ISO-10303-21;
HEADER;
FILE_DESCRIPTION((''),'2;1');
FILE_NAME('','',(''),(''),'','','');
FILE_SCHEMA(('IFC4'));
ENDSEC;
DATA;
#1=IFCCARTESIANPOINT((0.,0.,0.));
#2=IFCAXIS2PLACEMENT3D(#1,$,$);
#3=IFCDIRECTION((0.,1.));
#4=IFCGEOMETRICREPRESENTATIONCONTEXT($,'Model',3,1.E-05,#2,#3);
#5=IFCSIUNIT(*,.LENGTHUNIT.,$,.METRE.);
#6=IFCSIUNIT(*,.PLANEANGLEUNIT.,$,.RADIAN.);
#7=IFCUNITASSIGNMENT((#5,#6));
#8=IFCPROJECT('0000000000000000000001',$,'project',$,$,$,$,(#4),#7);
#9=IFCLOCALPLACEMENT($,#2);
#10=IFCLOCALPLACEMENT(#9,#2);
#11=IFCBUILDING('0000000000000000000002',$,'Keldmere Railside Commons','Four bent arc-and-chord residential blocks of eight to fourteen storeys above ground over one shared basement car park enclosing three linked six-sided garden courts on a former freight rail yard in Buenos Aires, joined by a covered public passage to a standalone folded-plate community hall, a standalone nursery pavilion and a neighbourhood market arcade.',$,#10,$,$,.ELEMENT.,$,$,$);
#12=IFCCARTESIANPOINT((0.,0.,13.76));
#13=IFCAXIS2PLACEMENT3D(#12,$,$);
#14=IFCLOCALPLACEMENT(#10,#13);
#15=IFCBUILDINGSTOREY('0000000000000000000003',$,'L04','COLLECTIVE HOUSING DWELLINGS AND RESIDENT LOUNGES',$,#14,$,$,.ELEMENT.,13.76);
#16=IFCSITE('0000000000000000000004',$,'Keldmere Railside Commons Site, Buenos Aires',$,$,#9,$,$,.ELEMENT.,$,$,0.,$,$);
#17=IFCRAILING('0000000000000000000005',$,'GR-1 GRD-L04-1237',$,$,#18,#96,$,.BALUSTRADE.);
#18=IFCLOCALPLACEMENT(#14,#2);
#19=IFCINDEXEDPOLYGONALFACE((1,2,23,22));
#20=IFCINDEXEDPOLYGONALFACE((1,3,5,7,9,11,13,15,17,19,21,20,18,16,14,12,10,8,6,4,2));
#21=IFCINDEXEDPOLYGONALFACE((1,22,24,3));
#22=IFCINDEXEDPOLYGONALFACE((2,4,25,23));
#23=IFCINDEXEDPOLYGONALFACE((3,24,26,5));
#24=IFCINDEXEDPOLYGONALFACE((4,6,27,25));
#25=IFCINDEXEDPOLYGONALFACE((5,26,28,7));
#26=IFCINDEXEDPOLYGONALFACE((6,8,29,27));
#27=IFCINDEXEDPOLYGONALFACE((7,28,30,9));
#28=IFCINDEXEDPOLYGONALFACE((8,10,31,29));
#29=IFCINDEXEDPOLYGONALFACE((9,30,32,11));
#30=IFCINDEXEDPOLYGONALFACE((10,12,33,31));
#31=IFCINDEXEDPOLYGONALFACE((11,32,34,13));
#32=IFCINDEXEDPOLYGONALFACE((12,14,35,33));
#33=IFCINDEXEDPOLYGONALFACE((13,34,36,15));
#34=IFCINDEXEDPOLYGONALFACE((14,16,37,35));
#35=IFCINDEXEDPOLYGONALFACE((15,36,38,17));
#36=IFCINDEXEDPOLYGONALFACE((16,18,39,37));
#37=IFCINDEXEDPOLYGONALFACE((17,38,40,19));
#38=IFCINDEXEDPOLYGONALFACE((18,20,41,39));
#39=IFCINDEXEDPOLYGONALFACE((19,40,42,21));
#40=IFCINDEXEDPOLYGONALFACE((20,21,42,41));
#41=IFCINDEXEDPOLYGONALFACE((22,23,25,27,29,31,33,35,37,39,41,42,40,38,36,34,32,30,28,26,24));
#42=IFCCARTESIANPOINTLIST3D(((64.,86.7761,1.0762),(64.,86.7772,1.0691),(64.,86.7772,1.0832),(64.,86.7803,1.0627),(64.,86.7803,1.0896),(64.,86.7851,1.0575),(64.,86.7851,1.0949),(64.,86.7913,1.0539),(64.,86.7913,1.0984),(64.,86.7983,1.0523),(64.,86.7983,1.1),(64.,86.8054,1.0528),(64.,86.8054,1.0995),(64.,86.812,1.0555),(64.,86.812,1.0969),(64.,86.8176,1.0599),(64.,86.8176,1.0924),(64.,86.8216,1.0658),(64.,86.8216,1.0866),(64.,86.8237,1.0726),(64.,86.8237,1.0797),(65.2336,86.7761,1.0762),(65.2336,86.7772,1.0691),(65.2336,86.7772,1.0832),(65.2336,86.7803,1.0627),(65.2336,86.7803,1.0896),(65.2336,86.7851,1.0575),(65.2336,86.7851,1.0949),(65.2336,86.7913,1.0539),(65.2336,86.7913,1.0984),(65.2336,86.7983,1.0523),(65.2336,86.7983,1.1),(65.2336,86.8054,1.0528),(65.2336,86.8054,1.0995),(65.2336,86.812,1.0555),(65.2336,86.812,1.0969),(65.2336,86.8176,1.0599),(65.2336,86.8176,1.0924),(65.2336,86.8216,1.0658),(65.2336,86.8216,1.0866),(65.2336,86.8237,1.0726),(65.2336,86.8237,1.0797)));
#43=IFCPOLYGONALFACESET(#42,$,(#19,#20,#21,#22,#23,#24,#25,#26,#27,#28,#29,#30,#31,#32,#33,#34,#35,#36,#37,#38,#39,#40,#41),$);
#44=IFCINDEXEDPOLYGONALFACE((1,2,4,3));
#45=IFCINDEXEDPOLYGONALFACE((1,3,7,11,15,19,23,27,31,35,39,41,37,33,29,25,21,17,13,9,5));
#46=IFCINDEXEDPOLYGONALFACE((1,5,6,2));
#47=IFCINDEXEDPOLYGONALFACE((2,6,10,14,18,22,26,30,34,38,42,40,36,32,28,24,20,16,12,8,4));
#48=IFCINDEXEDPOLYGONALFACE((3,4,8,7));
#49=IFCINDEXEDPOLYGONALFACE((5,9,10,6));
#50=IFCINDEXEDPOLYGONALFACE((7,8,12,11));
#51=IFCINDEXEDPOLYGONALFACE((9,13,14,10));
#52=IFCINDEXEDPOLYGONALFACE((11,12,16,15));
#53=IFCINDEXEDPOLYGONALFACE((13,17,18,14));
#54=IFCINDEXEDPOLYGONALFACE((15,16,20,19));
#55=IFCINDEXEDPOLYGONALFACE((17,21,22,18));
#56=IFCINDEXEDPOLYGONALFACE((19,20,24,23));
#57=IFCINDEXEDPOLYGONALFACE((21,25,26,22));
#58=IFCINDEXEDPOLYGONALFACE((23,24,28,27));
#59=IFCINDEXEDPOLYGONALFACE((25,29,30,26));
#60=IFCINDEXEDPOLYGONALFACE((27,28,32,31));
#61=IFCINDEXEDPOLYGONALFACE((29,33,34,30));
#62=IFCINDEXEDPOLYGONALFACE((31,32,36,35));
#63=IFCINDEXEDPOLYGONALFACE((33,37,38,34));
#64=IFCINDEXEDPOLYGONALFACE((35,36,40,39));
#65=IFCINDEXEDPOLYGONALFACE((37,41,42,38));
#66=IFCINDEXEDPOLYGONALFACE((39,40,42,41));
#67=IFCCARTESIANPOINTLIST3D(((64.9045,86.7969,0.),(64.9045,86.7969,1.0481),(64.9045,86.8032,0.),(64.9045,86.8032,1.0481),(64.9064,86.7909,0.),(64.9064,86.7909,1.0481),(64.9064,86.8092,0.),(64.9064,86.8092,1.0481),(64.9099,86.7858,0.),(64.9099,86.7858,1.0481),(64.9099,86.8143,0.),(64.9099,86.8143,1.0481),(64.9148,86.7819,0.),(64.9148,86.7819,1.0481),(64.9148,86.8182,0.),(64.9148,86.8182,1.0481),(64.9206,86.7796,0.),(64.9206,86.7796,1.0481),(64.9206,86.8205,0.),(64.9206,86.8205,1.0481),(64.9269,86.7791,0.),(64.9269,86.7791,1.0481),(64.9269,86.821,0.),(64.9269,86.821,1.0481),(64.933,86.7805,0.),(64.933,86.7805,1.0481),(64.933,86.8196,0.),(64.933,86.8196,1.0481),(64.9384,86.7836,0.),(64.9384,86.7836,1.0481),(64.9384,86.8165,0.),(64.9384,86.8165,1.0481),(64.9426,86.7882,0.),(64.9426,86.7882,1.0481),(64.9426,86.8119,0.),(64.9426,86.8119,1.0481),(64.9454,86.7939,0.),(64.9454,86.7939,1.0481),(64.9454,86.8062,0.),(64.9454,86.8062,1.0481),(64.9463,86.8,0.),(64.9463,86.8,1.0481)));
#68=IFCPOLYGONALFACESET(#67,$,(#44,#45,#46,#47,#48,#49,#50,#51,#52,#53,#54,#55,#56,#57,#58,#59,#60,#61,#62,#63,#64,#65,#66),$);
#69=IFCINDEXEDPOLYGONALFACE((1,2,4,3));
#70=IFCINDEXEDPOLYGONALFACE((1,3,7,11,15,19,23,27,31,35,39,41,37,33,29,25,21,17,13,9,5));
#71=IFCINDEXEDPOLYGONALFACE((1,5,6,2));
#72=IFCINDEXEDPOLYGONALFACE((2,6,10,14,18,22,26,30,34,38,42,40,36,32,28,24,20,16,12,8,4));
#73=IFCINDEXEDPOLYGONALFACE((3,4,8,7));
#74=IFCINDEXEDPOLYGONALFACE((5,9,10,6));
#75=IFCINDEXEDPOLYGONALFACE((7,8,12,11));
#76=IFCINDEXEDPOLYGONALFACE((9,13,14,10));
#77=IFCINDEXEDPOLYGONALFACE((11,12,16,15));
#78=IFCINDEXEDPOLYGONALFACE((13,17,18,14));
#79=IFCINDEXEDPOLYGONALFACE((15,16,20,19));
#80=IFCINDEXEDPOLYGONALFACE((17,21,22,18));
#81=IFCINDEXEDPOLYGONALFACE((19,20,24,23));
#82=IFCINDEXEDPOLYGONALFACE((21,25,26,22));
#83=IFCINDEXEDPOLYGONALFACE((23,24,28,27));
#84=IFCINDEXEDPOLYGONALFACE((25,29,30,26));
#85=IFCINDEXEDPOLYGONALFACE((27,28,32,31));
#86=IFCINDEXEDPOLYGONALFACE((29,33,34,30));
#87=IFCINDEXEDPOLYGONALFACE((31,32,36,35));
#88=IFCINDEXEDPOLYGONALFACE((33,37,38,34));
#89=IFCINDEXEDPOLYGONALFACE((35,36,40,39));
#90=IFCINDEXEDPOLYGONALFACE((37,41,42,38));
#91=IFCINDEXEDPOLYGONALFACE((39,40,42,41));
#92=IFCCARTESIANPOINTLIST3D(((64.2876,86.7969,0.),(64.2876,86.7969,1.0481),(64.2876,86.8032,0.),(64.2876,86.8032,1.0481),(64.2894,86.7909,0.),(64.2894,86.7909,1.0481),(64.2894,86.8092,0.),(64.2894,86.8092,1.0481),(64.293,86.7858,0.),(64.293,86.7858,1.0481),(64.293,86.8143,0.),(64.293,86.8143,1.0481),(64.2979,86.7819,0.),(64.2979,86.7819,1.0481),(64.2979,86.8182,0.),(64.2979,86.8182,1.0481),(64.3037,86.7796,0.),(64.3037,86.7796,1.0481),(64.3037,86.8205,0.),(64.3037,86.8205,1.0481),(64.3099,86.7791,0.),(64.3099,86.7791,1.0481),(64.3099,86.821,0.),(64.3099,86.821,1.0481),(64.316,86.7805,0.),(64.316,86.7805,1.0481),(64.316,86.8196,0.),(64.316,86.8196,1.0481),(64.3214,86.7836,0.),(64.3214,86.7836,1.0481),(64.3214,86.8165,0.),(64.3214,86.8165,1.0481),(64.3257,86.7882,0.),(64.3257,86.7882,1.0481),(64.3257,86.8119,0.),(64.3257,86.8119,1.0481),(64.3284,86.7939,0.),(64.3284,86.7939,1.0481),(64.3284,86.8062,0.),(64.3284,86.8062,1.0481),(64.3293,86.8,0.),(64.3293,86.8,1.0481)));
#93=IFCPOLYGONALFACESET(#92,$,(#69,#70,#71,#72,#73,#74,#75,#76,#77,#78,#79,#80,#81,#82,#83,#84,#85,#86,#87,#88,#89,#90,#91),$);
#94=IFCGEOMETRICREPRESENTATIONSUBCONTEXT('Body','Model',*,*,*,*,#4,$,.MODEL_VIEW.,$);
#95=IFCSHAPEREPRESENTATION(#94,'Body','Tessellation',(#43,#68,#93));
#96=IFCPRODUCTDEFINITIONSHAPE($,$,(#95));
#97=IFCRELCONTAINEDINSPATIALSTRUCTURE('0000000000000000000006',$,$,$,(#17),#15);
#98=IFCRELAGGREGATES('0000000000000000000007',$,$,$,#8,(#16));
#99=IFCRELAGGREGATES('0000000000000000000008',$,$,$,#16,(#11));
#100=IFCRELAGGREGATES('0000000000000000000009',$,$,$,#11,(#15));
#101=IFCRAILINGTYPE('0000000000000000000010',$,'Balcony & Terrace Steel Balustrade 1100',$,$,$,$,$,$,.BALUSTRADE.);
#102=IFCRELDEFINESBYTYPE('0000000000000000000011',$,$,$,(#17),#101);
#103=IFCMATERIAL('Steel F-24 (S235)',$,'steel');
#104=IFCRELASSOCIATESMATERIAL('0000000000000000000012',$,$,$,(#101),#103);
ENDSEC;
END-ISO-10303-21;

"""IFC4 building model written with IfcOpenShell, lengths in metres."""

from ifc_helpers import new_model, si_unit, direction, frame, origin, origin_2d, place, context, subcontext, project, spatial, circle, extrude, material, type_object, element, save


model = new_model("IFC4")

# Units and contexts
model_context = context("Model", 3, precision=1e-05, world=origin(), true_north=direction((0.0, 1.0)))
body_context = subcontext(model_context, "Body", "Model", "MODEL_VIEW")
ifc_project = project(units=[si_unit("LENGTHUNIT", "METRE"), si_unit("PLANEANGLEUNIT", "RADIAN")], contexts=[model_context])

# Site, building, storey
site_placement = place(None, origin())
site = spatial("IfcSite", under=ifc_project, at=site_placement, Name="Keldmere Railside Commons Site, Buenos Aires", CompositionType="ELEMENT", RefElevation=0.0)
building_placement = place(site_placement, origin())
building = spatial("IfcBuilding", under=site, at=building_placement, Name="Keldmere Railside Commons", Description="Four bent arc-and-chord residential blocks of eight to fourteen storeys above ground over one shared basement car park enclosing three linked six-sided garden courts on a former freight rail yard in Buenos Aires, joined by a covered public passage to a standalone folded-plate community hall, a standalone nursery pavilion and a neighbourhood market arcade.", CompositionType="ELEMENT")
storey_placement = place(building_placement, frame((0.0, 0.0, 13.76)))
storey = spatial("IfcBuildingStorey", under=building, at=storey_placement, Name="L04", Description="COLLECTIVE HOUSING DWELLINGS AND RESIDENT LOUNGES", CompositionType="ELEMENT", Elevation=13.76)

# Railing
ifc_material_1 = material(Name="Steel F-24 (S235)", Category="steel")
railing_type = type_object("IfcRailingType", Name="Balcony & Terrace Steel Balustrade 1100", PredefinedType="BALUSTRADE", material=ifc_material_1)
railing_1_placement = place(storey_placement, frame((65.2336, 86.8, 0.0)))
element("IfcRailing", 1, at=railing_1_placement, inside=storey, type_object=railing_type, Name="GR-1 GRD-L04-1237", PredefinedType="BALUSTRADE", context=body_context, shape_type="SweptSolid", body=[
    extrude(circle(Radius=0.0239, at=origin_2d()), frame((0.0, 0.0, 1.0762), z_axis=(-1.0, 0.0, 0.0), x_axis=(0.0, -1.0, 0.0)), (0.0, 0.0, 1.0), 1.2336),
    extrude(circle(Radius=0.021, at=origin_2d()), frame((-0.3083, 0.0, 0.0)), (0.0, 0.0, 1.0), 1.0481),
    extrude(circle(Radius=0.021, at=origin_2d()), frame((-0.9253, 0.0, 0.0)), (0.0, 0.0, 1.0), 1.0481),
])

save(model, "model.ifc")
